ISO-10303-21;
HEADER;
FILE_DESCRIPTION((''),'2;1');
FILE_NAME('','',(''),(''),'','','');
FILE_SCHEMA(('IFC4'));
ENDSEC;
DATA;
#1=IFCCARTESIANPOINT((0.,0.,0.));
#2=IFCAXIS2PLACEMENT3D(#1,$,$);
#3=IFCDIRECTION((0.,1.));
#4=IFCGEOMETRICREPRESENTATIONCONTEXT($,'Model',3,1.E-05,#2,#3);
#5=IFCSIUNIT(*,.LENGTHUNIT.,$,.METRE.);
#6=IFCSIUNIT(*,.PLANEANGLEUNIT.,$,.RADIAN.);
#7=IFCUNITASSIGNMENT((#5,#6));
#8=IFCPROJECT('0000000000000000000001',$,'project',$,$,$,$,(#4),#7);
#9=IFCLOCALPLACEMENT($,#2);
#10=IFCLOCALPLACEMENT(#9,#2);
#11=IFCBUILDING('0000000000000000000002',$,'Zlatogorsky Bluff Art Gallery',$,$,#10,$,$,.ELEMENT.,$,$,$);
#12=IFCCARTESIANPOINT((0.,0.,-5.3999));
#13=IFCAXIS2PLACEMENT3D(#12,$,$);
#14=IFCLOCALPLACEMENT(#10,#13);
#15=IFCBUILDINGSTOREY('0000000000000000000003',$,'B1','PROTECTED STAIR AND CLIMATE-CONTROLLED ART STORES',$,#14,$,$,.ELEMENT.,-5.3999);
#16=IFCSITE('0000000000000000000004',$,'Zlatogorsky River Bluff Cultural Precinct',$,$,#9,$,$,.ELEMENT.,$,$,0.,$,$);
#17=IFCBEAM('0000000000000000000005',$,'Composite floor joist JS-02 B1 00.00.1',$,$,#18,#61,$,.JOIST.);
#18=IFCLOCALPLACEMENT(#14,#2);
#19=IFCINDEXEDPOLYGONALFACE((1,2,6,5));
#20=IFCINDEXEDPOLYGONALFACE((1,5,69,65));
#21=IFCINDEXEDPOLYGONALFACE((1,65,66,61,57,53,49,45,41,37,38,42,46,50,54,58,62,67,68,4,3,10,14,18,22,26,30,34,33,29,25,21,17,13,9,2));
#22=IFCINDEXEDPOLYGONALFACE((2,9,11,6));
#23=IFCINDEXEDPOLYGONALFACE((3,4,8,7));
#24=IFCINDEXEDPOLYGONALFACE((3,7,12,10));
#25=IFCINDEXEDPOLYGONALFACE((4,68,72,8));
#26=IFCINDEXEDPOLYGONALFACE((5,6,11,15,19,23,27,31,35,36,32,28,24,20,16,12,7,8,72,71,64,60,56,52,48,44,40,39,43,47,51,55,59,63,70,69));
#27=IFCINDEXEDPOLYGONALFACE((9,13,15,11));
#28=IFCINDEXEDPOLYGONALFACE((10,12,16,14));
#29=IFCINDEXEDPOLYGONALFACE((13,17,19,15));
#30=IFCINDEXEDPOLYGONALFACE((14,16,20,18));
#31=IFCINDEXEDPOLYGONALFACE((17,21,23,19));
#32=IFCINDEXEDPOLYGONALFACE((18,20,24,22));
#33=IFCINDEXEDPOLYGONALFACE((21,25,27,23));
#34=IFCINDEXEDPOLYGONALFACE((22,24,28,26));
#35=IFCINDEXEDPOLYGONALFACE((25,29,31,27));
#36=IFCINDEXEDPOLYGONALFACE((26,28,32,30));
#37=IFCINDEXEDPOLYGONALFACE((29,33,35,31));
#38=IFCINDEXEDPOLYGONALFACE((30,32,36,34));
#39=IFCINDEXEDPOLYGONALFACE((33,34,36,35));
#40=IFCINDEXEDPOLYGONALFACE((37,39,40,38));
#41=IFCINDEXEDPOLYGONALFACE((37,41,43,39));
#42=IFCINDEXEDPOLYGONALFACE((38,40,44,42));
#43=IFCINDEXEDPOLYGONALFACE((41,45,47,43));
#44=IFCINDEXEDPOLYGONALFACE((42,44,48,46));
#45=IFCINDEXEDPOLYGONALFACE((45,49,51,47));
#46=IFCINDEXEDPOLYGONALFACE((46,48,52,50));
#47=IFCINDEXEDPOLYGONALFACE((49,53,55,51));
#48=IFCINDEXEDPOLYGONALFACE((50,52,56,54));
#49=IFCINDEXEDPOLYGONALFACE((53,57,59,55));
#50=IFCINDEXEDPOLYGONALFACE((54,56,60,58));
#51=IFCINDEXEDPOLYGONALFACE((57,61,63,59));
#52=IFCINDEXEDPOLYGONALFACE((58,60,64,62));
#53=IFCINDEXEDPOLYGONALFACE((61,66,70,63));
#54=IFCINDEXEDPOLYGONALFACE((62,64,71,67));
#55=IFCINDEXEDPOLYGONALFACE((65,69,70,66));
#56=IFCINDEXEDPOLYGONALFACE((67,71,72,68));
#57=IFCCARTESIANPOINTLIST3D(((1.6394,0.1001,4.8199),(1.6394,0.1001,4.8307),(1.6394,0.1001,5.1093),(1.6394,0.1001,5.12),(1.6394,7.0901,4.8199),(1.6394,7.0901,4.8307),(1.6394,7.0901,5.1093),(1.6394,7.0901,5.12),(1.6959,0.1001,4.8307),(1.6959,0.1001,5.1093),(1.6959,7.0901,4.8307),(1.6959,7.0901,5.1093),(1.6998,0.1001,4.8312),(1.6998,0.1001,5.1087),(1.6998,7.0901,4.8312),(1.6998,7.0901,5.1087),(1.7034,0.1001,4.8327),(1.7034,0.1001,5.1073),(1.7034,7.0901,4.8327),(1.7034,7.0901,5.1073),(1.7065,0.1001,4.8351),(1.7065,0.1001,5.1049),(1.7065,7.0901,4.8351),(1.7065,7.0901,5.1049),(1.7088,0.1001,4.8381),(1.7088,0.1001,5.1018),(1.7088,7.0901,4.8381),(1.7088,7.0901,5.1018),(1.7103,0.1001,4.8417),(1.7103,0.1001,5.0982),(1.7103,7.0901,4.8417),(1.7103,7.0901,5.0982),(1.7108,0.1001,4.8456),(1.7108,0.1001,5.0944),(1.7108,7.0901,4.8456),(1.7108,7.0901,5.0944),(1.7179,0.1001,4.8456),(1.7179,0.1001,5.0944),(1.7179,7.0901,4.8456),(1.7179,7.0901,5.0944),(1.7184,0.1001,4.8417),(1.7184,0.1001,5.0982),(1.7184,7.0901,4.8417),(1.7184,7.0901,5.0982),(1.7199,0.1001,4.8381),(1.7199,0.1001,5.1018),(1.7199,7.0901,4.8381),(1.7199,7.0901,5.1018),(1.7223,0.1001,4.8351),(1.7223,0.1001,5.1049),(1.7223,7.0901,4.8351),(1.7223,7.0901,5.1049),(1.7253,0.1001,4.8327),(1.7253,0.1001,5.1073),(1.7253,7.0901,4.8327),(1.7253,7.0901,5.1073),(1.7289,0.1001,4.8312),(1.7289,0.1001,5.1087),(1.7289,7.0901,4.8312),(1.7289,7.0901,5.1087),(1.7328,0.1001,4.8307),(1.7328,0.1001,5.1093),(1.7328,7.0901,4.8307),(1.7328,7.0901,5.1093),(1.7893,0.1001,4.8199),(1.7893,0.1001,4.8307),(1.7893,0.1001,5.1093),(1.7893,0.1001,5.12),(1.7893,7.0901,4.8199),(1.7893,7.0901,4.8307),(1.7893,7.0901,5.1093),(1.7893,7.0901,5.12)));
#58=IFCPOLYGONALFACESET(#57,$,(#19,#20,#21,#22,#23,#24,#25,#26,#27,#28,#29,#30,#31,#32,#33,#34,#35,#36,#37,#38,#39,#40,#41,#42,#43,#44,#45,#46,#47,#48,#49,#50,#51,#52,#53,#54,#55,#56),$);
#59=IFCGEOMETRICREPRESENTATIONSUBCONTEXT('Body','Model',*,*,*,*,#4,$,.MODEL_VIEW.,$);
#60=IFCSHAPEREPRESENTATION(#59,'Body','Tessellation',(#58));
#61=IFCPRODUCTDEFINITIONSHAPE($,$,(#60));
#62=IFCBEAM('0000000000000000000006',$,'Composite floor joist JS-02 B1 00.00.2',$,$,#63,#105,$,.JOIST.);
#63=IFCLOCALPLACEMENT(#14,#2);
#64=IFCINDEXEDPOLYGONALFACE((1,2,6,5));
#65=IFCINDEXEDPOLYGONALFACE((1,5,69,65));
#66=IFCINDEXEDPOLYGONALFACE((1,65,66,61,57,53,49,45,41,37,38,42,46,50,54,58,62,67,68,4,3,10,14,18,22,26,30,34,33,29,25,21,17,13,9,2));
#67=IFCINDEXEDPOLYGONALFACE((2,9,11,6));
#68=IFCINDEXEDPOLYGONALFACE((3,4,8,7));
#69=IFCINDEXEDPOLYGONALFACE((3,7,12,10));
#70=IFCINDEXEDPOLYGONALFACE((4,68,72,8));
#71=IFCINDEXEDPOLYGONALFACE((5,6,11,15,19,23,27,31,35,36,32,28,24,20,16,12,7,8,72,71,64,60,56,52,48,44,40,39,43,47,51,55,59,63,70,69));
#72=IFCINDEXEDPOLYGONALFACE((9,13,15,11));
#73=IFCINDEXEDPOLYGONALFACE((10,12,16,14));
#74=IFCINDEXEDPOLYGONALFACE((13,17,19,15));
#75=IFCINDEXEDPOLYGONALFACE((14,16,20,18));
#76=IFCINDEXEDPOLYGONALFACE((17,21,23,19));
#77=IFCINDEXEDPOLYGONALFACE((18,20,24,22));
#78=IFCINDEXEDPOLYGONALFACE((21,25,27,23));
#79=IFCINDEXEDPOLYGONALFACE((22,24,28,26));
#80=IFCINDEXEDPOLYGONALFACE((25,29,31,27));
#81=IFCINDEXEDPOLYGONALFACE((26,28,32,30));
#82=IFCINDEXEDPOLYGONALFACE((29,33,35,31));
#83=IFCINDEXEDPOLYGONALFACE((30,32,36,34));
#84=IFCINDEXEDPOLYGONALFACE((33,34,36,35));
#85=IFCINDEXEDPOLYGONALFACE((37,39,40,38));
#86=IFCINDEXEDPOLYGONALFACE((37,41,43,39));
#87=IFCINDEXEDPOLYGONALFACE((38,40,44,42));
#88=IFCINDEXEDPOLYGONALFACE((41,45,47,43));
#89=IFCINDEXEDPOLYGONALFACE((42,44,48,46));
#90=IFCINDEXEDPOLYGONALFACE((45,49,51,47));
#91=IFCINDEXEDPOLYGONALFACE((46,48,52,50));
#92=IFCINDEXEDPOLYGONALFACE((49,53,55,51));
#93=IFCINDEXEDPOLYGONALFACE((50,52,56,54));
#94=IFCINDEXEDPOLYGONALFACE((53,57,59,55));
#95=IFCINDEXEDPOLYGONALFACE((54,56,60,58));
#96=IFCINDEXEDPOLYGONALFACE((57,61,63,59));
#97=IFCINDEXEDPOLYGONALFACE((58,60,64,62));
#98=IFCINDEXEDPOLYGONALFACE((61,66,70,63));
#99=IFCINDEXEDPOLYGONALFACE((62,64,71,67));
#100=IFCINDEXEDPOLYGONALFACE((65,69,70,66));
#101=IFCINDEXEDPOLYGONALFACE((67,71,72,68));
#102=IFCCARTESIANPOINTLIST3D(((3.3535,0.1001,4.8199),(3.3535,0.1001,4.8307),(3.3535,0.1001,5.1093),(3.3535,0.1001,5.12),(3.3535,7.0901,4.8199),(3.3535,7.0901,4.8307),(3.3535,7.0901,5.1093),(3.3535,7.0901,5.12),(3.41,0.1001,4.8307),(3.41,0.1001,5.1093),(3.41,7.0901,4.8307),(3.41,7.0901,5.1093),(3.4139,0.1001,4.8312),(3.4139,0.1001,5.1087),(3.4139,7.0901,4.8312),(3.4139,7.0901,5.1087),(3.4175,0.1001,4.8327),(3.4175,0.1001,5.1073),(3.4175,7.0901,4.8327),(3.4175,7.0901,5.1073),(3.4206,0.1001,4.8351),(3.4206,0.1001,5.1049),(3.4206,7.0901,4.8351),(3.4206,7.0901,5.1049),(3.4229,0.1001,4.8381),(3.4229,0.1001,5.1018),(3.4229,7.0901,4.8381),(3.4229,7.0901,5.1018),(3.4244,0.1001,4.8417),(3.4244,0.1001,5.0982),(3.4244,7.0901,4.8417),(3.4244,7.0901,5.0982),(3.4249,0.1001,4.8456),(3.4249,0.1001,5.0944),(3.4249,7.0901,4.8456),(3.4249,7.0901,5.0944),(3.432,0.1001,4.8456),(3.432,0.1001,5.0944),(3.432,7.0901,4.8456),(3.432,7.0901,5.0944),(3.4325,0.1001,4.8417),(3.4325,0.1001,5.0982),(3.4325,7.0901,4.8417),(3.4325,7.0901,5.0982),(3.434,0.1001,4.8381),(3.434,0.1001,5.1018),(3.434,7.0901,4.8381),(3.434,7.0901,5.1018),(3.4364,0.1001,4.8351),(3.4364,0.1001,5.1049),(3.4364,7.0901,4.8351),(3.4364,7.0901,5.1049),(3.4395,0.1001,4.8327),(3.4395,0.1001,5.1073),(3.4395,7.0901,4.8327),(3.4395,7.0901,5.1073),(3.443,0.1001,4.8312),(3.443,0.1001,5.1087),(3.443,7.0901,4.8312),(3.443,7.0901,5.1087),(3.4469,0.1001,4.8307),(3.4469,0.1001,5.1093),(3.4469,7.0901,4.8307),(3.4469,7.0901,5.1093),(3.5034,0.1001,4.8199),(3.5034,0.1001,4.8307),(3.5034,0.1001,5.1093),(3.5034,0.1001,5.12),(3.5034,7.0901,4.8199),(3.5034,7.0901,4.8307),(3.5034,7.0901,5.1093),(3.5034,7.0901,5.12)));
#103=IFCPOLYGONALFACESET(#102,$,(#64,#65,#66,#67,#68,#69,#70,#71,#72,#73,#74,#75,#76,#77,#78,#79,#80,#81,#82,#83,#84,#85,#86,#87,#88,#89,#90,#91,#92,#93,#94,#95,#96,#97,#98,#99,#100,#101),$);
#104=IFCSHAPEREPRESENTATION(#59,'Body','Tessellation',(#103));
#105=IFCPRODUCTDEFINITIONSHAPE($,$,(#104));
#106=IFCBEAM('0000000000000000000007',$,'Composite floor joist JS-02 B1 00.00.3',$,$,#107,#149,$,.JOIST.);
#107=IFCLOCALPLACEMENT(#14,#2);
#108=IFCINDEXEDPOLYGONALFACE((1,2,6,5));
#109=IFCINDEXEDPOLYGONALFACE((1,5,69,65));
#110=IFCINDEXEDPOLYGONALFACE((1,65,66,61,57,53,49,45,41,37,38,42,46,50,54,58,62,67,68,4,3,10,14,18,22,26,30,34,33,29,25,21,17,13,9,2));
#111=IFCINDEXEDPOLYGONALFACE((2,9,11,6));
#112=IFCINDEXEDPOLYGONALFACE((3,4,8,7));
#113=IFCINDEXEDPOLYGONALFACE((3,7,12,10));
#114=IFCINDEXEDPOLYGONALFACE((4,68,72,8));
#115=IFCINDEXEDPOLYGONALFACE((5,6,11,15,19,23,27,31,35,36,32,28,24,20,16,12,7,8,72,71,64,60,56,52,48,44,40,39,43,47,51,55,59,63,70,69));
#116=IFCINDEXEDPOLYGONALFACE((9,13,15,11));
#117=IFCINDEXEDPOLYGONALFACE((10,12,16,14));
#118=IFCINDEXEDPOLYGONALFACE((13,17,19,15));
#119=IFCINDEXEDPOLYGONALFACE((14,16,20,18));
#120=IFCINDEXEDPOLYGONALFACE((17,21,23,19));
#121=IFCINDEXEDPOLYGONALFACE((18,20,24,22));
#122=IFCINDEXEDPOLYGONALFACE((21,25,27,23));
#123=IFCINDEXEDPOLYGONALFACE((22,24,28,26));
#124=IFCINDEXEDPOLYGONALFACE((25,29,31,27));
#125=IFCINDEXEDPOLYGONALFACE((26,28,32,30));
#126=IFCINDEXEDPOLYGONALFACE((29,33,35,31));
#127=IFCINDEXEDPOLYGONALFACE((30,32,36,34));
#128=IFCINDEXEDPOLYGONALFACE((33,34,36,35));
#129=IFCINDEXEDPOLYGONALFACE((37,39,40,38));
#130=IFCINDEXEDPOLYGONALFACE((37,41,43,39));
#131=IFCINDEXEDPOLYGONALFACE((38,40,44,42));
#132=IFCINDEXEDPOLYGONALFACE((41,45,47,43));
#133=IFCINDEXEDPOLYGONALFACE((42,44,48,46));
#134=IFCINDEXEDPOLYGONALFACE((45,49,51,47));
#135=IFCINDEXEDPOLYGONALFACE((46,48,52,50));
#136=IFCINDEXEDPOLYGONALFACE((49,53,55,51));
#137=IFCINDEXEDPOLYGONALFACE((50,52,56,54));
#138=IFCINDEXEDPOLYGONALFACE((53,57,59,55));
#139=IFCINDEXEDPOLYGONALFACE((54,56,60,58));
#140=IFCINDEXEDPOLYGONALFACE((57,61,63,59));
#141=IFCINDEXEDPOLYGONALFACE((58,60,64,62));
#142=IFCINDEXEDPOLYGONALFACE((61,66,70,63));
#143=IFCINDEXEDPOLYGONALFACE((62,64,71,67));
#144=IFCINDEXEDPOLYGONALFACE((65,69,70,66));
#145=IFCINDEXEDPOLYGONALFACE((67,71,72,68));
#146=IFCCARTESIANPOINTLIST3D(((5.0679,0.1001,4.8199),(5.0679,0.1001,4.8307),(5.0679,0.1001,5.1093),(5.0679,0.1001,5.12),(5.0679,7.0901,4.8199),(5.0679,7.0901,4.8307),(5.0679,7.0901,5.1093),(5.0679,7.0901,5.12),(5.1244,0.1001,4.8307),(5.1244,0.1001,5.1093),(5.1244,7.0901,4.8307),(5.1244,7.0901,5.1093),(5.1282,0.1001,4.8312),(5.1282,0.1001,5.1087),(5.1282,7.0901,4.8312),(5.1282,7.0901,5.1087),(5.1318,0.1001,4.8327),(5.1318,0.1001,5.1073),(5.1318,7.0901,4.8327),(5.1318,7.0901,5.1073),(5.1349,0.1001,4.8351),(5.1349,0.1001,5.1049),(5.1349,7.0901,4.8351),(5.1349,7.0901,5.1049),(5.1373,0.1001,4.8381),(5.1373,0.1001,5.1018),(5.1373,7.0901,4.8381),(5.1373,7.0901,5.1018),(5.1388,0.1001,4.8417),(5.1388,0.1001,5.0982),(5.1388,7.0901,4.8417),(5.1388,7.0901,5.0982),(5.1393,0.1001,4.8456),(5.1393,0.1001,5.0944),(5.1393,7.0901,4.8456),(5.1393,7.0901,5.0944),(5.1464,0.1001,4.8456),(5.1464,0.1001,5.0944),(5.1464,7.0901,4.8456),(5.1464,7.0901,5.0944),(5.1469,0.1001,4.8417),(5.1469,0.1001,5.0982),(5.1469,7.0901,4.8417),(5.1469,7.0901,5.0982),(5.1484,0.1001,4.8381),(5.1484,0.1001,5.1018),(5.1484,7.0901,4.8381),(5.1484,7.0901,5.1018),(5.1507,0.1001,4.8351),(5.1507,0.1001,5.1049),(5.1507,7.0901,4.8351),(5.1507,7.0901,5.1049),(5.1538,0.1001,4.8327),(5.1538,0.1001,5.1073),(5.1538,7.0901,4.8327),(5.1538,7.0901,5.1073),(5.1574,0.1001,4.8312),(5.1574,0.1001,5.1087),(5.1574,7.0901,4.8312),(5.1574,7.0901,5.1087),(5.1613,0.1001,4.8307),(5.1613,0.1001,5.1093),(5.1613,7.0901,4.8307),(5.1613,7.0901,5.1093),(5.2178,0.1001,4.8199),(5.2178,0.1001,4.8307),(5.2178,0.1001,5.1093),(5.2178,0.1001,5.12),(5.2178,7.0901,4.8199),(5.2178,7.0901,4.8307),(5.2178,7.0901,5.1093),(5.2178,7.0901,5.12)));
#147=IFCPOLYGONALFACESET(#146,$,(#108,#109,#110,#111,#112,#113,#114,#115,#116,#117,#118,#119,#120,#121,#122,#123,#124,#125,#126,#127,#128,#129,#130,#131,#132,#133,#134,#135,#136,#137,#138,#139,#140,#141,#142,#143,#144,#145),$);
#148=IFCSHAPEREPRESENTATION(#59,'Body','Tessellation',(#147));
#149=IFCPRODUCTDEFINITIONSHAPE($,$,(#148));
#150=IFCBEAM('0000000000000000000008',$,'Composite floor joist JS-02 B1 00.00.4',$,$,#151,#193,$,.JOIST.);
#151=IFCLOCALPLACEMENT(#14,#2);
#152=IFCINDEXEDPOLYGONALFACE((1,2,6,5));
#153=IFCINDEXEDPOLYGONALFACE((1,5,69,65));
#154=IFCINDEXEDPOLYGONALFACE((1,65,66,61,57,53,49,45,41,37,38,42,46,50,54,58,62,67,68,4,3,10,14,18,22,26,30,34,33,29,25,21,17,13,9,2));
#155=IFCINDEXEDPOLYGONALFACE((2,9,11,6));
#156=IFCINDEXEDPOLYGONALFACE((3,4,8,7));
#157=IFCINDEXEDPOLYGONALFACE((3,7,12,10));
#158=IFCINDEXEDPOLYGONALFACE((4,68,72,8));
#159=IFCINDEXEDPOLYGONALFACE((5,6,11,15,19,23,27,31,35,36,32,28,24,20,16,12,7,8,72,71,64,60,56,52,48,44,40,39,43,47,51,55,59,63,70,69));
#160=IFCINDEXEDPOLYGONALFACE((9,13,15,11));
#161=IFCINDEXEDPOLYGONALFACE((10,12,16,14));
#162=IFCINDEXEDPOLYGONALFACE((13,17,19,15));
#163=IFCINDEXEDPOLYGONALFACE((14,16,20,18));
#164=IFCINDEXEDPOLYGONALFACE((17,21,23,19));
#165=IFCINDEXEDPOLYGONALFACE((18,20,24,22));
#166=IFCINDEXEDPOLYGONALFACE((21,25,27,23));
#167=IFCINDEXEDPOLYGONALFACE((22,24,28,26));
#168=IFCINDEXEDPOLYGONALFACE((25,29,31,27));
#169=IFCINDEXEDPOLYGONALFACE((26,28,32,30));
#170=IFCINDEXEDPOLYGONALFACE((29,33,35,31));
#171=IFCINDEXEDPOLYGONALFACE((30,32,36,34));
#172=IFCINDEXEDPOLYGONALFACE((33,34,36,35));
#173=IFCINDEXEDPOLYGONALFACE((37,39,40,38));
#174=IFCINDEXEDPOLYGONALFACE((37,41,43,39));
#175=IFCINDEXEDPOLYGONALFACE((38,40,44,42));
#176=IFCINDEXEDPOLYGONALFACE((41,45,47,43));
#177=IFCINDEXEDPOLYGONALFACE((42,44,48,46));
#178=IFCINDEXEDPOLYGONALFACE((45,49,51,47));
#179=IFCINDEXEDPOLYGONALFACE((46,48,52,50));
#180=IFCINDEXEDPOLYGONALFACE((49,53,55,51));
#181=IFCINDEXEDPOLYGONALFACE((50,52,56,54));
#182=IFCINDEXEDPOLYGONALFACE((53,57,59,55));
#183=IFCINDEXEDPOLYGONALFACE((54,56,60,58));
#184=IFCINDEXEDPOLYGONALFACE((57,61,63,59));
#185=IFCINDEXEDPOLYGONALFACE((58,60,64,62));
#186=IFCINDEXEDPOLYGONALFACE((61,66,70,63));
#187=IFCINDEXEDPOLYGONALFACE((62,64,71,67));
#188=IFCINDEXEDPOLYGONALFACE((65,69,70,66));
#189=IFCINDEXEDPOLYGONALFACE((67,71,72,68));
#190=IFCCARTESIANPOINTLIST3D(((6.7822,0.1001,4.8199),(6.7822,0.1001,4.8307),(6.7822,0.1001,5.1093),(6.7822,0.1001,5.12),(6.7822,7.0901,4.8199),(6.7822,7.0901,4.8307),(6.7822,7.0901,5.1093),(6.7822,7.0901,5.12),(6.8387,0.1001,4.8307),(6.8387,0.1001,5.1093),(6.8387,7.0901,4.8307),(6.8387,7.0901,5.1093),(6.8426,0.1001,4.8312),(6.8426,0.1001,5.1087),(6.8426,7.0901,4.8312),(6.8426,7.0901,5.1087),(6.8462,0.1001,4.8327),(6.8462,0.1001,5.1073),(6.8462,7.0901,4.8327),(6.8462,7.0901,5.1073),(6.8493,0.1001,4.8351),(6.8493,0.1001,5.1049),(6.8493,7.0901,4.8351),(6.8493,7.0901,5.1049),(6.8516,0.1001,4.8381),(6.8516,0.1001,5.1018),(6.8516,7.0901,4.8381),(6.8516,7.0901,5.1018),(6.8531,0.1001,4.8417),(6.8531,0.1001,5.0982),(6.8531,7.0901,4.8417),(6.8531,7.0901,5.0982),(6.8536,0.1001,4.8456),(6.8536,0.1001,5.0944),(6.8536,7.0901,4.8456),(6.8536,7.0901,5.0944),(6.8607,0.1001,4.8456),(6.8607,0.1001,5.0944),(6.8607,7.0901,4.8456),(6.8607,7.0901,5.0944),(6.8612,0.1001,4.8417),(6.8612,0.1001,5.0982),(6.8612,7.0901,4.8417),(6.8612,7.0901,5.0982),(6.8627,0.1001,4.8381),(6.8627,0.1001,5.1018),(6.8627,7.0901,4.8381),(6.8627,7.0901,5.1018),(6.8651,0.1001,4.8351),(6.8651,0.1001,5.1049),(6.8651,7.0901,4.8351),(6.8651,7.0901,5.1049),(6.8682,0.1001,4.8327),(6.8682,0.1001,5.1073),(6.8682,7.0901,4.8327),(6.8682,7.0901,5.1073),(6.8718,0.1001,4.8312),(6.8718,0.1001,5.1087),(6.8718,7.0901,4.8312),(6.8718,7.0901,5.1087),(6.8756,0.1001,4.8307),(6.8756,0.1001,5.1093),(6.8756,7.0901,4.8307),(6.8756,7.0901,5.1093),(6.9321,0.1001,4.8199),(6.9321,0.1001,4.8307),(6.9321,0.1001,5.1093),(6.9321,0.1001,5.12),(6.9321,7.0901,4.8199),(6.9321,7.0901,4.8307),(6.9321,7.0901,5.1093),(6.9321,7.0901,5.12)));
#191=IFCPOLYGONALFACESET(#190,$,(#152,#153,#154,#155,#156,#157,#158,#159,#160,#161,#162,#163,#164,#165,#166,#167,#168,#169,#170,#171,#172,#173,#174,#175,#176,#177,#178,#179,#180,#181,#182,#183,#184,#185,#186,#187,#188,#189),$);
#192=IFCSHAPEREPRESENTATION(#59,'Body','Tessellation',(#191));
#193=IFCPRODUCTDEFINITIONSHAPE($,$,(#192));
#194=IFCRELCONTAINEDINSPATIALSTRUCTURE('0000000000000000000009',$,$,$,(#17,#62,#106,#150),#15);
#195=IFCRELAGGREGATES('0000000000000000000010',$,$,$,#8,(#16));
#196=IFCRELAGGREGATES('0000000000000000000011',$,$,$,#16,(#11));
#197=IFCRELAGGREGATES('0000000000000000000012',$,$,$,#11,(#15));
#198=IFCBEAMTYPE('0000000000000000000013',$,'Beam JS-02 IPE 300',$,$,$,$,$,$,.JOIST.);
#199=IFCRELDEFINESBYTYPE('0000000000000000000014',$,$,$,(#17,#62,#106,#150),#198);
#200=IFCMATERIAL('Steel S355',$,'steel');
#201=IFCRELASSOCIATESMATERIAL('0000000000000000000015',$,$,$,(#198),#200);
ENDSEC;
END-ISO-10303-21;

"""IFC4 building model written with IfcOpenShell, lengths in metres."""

from ifc_helpers import new_model, si_unit, direction, frame, origin, origin_2d, place, context, subcontext, project, spatial, i_section, extrude, material, material_profile, profile_set, type_object, element, save


model = new_model("IFC4")

# Units and contexts
model_context = context("Model", 3, precision=1e-05, world=origin(), true_north=direction((0.0, 1.0)))
body_context = subcontext(model_context, "Body", "Model", "MODEL_VIEW")
ifc_project = project(units=[si_unit("LENGTHUNIT", "METRE"), si_unit("PLANEANGLEUNIT", "RADIAN")], contexts=[model_context])

# Site, building, storey
site_placement = place(None, origin())
site = spatial("IfcSite", under=ifc_project, at=site_placement, Name="Zlatogorsky River Bluff Cultural Precinct", CompositionType="ELEMENT", RefElevation=0.0)
building_placement = place(site_placement, origin())
building = spatial("IfcBuilding", under=site, at=building_placement, Name="Zlatogorsky Bluff Art Gallery", CompositionType="ELEMENT")
storey_placement = place(building_placement, frame((0.0, 0.0, -5.3999)))
storey = spatial("IfcBuildingStorey", under=building, at=storey_placement, Name="B1", Description="PROTECTED STAIR AND CLIMATE-CONTROLLED ART STORES", CompositionType="ELEMENT", Elevation=-5.3999)

# Beams
ifc_material_1 = material(Name="Steel S355", Category="steel")
ifc_material_profile_1 = material_profile(ifc_material_1, i_section(OverallWidth=0.1499, OverallDepth=0.3, WebThickness=0.0071, FlangeThickness=0.0107, FilletRadius=0.0149, at=origin_2d()), Name="IPE 300")
ifc_profile_set_1 = profile_set([ifc_material_profile_1], Name="Steel S355")
beam_type_1 = type_object("IfcBeamType", Name="Beam JS-02 IPE 300", PredefinedType="JOIST", material=ifc_profile_set_1)
for number, where, z_axis, x_axis, name in (
    (1, (1.7144, 0.1001, 4.97), (0.0, 1.0, 0.0), (-1.0, 0.0, 0.0), "Composite floor joist JS-02 B1 00.00.1"),
    (2, (3.4285, 0.1001, 4.97), (0.0, 1.0, 0.0), (-1.0, 0.0, 0.0), "Composite floor joist JS-02 B1 00.00.2"),
    (3, (5.1428, 0.1001, 4.97), (0.0, 1.0, 0.0), (-1.0, 0.0, 0.0), "Composite floor joist JS-02 B1 00.00.3"),
    (4, (6.8572, 0.1001, 4.97), (0.0, 1.0, 0.0), (-1.0, 0.0, 0.0), "Composite floor joist JS-02 B1 00.00.4"),
):
    element("IfcBeam", number, at=place(storey_placement, frame(where, z_axis=z_axis, x_axis=x_axis)), inside=storey, type_object=beam_type_1, Name=name, PredefinedType="JOIST", context=body_context, shape_type="SweptSolid", body=[
        extrude(i_section(OverallWidth=0.1499, OverallDepth=0.3, WebThickness=0.0071, FlangeThickness=0.0107, FilletRadius=0.0149, at=origin_2d()), origin(), (0.0, 0.0, 1.0), 6.99),
    ])

save(model, "model.ifc")
